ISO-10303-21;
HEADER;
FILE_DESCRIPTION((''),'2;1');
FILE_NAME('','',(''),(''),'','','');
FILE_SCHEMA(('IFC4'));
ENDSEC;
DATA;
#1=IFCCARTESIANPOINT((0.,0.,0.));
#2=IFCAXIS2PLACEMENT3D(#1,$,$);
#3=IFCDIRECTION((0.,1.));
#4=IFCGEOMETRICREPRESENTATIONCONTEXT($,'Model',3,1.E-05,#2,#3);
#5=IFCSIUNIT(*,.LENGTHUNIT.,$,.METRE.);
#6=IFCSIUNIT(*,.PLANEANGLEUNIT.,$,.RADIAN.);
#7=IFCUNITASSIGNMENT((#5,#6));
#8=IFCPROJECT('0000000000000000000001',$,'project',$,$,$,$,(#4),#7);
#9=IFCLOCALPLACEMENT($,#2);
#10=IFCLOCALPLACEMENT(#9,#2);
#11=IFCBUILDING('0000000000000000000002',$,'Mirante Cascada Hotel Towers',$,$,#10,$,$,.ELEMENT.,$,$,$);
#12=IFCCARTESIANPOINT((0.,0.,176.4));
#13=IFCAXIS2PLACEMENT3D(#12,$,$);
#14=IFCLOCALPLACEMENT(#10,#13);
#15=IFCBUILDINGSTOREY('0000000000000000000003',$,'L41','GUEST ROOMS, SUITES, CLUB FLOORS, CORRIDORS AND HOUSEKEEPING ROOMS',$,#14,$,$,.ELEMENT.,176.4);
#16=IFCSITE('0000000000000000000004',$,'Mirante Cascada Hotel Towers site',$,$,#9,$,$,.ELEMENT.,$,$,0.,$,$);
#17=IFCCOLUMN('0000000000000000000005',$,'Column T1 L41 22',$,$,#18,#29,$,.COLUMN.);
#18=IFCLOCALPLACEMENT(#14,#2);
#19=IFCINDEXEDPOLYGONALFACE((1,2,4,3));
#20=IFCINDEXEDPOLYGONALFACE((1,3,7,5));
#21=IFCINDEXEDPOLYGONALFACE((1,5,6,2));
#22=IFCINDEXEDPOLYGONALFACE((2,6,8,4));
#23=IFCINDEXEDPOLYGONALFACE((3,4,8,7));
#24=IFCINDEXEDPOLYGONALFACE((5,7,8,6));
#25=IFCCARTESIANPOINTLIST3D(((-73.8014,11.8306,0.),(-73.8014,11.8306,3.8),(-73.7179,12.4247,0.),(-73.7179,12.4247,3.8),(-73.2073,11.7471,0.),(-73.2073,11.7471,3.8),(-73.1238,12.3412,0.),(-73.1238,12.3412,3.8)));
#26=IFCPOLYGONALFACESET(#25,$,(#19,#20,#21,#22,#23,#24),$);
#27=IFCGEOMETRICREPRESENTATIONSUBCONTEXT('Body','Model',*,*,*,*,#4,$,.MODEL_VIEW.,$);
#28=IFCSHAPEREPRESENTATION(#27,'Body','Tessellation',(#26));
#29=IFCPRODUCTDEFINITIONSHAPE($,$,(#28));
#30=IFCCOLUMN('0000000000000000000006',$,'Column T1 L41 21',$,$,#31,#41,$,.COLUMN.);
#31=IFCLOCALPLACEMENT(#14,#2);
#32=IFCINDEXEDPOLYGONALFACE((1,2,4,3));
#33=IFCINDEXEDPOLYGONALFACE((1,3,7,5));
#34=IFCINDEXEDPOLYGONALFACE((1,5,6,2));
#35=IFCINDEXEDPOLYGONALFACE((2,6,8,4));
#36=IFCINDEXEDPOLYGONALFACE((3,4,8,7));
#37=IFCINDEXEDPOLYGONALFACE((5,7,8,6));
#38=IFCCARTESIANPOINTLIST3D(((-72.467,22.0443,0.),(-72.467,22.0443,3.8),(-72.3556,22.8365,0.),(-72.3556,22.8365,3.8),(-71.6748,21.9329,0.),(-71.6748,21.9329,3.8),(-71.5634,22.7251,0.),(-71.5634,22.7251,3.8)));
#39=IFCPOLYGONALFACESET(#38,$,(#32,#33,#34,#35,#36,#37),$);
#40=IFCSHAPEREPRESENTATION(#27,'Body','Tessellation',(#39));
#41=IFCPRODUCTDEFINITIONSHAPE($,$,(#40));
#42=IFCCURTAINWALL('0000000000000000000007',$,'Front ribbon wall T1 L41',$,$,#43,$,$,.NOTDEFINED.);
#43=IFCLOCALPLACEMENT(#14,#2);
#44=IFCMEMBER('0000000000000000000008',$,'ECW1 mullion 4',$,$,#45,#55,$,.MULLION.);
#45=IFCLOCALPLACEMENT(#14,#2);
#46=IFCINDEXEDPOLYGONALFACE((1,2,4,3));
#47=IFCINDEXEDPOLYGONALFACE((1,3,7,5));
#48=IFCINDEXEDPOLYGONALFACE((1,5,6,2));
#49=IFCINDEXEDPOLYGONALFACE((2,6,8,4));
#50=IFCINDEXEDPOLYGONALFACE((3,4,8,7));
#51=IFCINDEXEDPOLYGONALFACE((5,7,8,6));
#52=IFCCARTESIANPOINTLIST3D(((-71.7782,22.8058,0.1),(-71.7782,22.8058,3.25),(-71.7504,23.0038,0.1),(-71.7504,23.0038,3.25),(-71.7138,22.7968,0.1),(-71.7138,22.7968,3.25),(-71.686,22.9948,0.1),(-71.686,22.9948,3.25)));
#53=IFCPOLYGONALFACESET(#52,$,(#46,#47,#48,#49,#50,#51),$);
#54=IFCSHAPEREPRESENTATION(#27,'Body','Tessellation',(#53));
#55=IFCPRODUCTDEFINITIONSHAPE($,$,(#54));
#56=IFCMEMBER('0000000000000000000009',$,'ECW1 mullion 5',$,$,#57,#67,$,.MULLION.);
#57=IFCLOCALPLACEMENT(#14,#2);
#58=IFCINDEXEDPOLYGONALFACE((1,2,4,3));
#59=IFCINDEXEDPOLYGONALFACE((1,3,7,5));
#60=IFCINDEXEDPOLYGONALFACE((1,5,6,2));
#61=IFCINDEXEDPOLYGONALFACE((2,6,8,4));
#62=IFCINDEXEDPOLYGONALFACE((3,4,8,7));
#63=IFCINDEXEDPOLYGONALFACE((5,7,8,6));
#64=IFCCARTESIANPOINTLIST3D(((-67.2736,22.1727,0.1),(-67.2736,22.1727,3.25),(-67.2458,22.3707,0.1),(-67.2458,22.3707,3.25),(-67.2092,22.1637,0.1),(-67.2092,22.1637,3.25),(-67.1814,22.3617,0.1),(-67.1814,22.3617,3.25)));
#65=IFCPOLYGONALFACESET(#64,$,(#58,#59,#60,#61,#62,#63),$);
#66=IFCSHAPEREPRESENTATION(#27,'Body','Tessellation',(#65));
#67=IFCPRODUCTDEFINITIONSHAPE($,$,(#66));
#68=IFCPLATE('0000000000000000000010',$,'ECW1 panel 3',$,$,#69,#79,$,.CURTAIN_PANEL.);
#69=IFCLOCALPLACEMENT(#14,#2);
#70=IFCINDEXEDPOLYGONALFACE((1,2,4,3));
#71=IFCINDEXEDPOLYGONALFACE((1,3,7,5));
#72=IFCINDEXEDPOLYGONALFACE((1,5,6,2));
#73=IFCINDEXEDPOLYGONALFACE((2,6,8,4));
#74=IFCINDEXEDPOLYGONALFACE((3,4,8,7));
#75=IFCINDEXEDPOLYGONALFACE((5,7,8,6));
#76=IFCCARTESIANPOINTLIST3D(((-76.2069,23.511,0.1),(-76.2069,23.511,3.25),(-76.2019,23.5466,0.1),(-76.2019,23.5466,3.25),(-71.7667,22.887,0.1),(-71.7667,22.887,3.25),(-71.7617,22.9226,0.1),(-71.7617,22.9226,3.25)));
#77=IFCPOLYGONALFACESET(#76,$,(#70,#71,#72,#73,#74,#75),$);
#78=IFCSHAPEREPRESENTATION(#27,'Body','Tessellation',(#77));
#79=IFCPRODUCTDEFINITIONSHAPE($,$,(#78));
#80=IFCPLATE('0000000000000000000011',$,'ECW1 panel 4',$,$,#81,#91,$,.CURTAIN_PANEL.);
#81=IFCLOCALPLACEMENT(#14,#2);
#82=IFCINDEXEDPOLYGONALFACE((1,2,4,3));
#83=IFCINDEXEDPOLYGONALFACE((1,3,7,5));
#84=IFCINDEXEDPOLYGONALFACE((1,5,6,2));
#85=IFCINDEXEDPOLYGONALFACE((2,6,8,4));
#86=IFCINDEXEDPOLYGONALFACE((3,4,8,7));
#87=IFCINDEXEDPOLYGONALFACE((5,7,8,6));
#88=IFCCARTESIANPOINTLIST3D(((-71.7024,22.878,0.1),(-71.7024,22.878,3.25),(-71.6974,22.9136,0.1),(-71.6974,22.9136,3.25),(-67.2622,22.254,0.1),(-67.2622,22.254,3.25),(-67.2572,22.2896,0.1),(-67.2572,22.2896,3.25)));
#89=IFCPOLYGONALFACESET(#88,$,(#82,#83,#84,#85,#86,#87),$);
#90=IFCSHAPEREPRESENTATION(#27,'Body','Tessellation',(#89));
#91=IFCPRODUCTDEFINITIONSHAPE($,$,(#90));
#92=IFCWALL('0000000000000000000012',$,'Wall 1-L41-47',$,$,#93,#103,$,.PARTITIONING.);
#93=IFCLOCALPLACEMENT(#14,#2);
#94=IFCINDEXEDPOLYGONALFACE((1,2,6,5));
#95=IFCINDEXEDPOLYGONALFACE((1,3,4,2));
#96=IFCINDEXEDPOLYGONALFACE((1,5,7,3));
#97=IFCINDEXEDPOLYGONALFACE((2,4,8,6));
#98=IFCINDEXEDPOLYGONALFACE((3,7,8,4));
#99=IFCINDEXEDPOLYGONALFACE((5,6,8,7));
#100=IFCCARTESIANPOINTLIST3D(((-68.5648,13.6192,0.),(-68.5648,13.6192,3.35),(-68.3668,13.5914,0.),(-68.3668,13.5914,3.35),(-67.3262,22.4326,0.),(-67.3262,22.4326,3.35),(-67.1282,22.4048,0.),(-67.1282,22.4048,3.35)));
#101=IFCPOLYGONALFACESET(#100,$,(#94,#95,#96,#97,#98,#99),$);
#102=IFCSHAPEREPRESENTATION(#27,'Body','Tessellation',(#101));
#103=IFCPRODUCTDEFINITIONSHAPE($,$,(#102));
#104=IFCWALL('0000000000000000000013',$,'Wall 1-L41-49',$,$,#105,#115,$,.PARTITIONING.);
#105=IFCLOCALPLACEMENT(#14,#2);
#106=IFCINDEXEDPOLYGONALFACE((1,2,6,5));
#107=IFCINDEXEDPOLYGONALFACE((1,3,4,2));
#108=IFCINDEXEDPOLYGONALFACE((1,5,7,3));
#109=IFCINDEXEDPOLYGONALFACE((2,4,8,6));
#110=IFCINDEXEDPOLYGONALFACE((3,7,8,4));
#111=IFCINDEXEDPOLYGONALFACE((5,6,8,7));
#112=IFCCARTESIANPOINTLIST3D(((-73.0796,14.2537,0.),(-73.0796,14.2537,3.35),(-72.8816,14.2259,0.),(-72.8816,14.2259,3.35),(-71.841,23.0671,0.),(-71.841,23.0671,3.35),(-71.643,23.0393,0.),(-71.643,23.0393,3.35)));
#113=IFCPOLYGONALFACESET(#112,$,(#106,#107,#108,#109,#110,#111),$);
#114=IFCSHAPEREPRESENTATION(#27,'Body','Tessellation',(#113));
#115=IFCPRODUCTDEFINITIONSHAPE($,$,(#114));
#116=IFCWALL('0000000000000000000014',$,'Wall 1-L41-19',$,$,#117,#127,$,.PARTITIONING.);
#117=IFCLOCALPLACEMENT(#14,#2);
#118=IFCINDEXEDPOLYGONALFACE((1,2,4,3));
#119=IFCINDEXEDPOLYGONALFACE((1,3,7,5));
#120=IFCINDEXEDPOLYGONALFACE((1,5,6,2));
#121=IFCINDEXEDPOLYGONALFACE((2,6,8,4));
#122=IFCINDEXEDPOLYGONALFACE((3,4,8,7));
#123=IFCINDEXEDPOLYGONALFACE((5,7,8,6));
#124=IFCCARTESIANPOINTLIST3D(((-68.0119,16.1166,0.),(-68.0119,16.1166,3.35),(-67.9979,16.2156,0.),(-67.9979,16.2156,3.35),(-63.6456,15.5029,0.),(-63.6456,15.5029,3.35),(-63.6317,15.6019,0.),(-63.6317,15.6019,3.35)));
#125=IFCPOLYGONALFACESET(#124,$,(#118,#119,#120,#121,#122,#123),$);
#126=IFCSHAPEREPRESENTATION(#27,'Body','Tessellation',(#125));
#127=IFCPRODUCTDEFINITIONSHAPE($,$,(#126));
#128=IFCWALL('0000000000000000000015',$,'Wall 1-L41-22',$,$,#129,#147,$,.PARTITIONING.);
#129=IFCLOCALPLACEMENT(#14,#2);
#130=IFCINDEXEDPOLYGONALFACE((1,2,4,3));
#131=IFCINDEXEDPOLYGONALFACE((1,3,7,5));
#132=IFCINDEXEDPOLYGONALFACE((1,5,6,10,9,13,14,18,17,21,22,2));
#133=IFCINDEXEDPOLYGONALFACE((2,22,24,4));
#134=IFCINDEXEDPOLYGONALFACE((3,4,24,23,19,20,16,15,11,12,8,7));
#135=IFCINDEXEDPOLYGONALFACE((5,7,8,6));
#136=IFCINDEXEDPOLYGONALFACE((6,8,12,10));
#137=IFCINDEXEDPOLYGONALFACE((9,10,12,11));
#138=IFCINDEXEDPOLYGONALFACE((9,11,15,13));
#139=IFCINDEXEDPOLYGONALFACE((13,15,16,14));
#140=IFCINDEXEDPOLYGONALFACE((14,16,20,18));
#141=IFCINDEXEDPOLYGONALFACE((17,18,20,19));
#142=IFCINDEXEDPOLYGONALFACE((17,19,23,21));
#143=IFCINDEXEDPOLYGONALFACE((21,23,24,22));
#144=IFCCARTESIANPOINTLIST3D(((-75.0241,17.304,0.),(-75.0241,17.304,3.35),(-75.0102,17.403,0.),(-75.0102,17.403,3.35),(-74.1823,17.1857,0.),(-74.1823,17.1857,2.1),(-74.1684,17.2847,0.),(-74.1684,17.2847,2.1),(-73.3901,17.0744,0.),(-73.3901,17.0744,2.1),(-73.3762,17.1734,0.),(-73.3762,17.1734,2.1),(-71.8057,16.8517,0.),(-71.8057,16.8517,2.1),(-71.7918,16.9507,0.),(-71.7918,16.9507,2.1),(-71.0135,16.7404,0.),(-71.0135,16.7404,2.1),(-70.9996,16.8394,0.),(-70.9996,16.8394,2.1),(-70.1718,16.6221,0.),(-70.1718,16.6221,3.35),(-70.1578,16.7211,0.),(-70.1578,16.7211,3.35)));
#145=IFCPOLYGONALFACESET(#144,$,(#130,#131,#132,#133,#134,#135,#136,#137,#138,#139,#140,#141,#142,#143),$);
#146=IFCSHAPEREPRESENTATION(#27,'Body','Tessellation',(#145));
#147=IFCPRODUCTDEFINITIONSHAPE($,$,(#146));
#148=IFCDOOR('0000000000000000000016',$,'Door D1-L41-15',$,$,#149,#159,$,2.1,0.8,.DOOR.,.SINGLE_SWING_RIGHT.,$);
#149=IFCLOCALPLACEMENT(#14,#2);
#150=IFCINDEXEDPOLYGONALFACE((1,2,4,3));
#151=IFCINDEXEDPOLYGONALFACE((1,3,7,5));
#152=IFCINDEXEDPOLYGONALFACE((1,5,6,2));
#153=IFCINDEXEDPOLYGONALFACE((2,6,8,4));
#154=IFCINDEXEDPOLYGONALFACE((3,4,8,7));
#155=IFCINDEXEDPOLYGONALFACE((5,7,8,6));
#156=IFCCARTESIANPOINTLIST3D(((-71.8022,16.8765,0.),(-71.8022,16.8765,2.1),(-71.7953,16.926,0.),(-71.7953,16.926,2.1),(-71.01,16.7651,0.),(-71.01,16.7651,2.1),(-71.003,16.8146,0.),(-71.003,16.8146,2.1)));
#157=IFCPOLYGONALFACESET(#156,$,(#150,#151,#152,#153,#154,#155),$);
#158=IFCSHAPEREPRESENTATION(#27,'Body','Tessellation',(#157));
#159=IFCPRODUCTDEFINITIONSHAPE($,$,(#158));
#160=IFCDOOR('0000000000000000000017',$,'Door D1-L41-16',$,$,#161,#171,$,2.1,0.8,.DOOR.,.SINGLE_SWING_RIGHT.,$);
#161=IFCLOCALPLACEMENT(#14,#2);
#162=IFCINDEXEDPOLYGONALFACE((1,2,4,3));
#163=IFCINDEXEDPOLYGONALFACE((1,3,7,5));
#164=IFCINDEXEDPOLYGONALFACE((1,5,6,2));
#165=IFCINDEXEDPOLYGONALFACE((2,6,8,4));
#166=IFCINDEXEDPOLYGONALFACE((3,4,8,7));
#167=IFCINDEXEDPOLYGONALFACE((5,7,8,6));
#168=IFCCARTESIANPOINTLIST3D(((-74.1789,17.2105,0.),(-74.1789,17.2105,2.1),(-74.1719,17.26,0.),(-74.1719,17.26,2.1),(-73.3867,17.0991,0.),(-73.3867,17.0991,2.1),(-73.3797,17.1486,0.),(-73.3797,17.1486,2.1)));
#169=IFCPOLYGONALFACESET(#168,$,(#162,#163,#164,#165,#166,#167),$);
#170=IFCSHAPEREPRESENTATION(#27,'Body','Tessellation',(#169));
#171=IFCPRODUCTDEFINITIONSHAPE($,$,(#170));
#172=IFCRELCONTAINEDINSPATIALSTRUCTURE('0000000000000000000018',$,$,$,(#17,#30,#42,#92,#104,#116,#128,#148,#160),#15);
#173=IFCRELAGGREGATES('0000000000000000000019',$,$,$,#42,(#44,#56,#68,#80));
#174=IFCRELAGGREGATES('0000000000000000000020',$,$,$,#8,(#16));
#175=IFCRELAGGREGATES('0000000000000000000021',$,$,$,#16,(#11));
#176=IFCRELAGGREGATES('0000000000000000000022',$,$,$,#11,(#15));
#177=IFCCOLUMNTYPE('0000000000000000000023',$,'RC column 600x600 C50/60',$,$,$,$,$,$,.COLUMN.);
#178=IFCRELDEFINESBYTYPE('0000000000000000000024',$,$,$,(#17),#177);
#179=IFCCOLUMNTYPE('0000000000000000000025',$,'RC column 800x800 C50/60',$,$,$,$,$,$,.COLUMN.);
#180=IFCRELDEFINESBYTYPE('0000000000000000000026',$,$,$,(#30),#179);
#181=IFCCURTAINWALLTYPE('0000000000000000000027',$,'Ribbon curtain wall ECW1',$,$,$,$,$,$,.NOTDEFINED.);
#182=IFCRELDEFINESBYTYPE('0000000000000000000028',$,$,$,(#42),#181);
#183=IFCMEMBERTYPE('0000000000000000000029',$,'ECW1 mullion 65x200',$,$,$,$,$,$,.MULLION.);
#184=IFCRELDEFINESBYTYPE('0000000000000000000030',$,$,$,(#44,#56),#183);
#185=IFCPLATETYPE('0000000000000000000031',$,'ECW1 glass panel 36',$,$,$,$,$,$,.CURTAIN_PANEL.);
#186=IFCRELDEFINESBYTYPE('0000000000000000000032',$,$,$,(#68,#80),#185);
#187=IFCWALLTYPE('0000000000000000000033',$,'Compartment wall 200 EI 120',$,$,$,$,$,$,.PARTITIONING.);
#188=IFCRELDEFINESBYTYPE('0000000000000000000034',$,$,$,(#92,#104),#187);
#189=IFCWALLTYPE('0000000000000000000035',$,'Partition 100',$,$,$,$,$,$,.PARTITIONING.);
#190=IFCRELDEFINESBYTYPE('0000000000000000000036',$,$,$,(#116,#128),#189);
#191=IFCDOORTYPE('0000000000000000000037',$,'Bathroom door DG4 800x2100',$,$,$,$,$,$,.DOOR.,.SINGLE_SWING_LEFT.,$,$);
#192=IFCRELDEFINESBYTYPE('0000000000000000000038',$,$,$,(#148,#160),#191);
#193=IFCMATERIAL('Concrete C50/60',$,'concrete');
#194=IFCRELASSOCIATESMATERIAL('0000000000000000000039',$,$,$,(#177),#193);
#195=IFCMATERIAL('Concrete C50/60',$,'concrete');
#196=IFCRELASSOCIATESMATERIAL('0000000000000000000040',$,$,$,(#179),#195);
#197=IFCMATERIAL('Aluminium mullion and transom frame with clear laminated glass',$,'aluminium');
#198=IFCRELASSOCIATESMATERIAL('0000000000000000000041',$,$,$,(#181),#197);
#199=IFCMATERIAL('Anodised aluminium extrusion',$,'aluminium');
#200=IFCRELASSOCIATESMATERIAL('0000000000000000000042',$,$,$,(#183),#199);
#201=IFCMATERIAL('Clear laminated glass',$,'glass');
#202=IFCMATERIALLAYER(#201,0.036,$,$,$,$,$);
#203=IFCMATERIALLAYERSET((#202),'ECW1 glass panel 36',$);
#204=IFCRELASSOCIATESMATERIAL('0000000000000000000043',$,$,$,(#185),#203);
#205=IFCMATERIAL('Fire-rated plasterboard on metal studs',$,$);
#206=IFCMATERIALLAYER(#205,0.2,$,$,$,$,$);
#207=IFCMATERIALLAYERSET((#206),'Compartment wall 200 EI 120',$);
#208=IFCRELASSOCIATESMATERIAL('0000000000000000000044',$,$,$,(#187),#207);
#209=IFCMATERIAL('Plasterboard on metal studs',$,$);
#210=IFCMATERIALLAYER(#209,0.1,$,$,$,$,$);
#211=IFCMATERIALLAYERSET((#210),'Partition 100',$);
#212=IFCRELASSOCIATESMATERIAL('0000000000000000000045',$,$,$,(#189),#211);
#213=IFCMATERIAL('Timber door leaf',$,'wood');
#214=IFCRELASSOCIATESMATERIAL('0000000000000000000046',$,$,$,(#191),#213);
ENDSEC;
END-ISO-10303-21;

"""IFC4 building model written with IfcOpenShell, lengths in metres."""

from ifc_helpers import new_model, si_unit, direction, frame, frame_2d, origin, origin_2d, place, context, subcontext, project, spatial, rectangle, extrude, material, layer, layer_set, material_profile, profile_set, type_object, element, fill, aggregate, save


model = new_model("IFC4")

# Units and contexts
model_context = context("Model", 3, precision=1e-05, world=origin(), true_north=direction((0.0, 1.0)))
body_context = subcontext(model_context, "Body", "Model", "MODEL_VIEW")
ifc_project = project(units=[si_unit("LENGTHUNIT", "METRE"), si_unit("PLANEANGLEUNIT", "RADIAN")], contexts=[model_context])

# Site, building, storey
site_placement = place(None, origin())
site = spatial("IfcSite", under=ifc_project, at=site_placement, Name="Mirante Cascada Hotel Towers site", CompositionType="ELEMENT", RefElevation=0.0)
building_placement = place(site_placement, origin())
building = spatial("IfcBuilding", under=site, at=building_placement, Name="Mirante Cascada Hotel Towers", CompositionType="ELEMENT")
storey_placement = place(building_placement, frame((0.0, 0.0, 176.4)))
storey = spatial("IfcBuildingStorey", under=building, at=storey_placement, Name="L41", Description="GUEST ROOMS, SUITES, CLUB FLOORS, CORRIDORS AND HOUSEKEEPING ROOMS", CompositionType="ELEMENT", Elevation=176.4)

# Columns
ifc_material_1 = material(Name="Concrete C50/60", Category="concrete")
ifc_material_profile_1 = material_profile(ifc_material_1, rectangle(XDim=0.6, YDim=0.6, at=origin_2d()), Name="RC column 600x600 C50/60")
ifc_profile_set_1 = profile_set([ifc_material_profile_1], Name="Concrete C50/60")
column_type_1 = type_object("IfcColumnType", Name="RC column 600x600 C50/60", PredefinedType="COLUMN", material=ifc_profile_set_1)
column_1_placement = place(storey_placement, frame((-73.4626, 12.0859, 0.0), z_axis=(0.0, 0.0, 1.0), x_axis=(-0.990268, 0.139173, 0.0)))
element("IfcColumn", 1, at=column_1_placement, inside=storey, type_object=column_type_1, Name="Column T1 L41 22", PredefinedType="COLUMN", context=body_context, shape_type="SweptSolid", body=[
    extrude(rectangle(XDim=0.6, YDim=0.6, at=origin_2d()), origin(), (0.0, 0.0, 1.0), 3.8),
])
ifc_material_2 = material(Name="Concrete C50/60", Category="concrete")
ifc_material_profile_2 = material_profile(ifc_material_2, rectangle(XDim=0.8, YDim=0.8, at=origin_2d()), Name="RC column 800x800 C50/60")
ifc_profile_set_2 = profile_set([ifc_material_profile_2], Name="Concrete C50/60")
column_type_2 = type_object("IfcColumnType", Name="RC column 800x800 C50/60", PredefinedType="COLUMN", material=ifc_profile_set_2)
column_2_placement = place(storey_placement, frame((-72.0152, 22.3847, 0.0), z_axis=(0.0, 0.0, 1.0), x_axis=(-0.990268, 0.139173, 0.0)))
element("IfcColumn", 2, at=column_2_placement, inside=storey, type_object=column_type_2, Name="Column T1 L41 21", PredefinedType="COLUMN", context=body_context, shape_type="SweptSolid", body=[
    extrude(rectangle(XDim=0.8, YDim=0.8, at=origin_2d()), origin(), (0.0, 0.0, 1.0), 3.8),
])

# Curtain wall, members, plates
ifc_material_3 = material(Name="Aluminium mullion and transom frame with clear laminated glass", Category="aluminium")
curtain_wall_type = type_object("IfcCurtainWallType", Name="Ribbon curtain wall ECW1", PredefinedType="NOTDEFINED", material=ifc_material_3)
curtain_wall_placement = place(storey_placement, origin())
curtain_wall = element("IfcCurtainWall", 3, at=curtain_wall_placement, inside=storey, type_object=curtain_wall_type, Name="Front ribbon wall T1 L41", PredefinedType="NOTDEFINED")
ifc_material_4 = material(Name="Anodised aluminium extrusion", Category="aluminium")
ifc_material_profile_3 = material_profile(ifc_material_4, rectangle(XDim=0.2, YDim=0.065, at=origin_2d()), Name="ECW1 MULLION 65x200")
ifc_profile_set_3 = profile_set([ifc_material_profile_3], Name="Anodised aluminium extrusion")
member_type = type_object("IfcMemberType", Name="ECW1 mullion 65x200", PredefinedType="MULLION", material=ifc_profile_set_3)
member_1_placement = place(storey_placement, frame((-71.7321, 22.9003, 0.1), z_axis=(0.0, 0.0, 1.0), x_axis=(0.139173, 0.990268, 0.0)))
member_1 = element("IfcMember", 4, at=member_1_placement, type_object=member_type, Name="ECW1 mullion 4", PredefinedType="MULLION", context=body_context, shape_type="SweptSolid", body=[
    extrude(rectangle(XDim=0.2, YDim=0.065, at=origin_2d()), origin(), (0.0, 0.0, 1.0), 3.15),
])
member_2_placement = place(storey_placement, frame((-67.2275, 22.2672, 0.1), z_axis=(0.0, 0.0, 1.0), x_axis=(0.139173, 0.990268, 0.0)))
member_2 = element("IfcMember", 5, at=member_2_placement, type_object=member_type, Name="ECW1 mullion 5", PredefinedType="MULLION", context=body_context, shape_type="SweptSolid", body=[
    extrude(rectangle(XDim=0.2, YDim=0.065, at=origin_2d()), origin(), (0.0, 0.0, 1.0), 3.15),
])
ifc_material_5 = material(Name="Clear laminated glass", Category="glass")
ifc_layer_1 = layer(ifc_material_5, 0.036)
ifc_layer_set_1 = layer_set([ifc_layer_1], Name="ECW1 glass panel 36")
plate_type = type_object("IfcPlateType", Name="ECW1 glass panel 36", PredefinedType="CURTAIN_PANEL", material=ifc_layer_set_1)
plate_1_placement = place(storey_placement, frame((-73.9843, 23.2168, 0.1), z_axis=(0.0, 0.0, 1.0), x_axis=(0.990268, -0.139173, 0.0)))
plate_1 = element("IfcPlate", 6, at=plate_1_placement, type_object=plate_type, Name="ECW1 panel 3", PredefinedType="CURTAIN_PANEL", context=body_context, shape_type="SweptSolid", body=[
    extrude(rectangle(XDim=4.4838, YDim=0.036, at=origin_2d()), origin(), (0.0, 0.0, 1.0), 3.15),
])
plate_2_placement = place(storey_placement, frame((-69.4798, 22.5838, 0.1), z_axis=(0.0, 0.0, 1.0), x_axis=(0.990268, -0.139173, 0.0)))
plate_2 = element("IfcPlate", 7, at=plate_2_placement, type_object=plate_type, Name="ECW1 panel 4", PredefinedType="CURTAIN_PANEL", context=body_context, shape_type="SweptSolid", body=[
    extrude(rectangle(XDim=4.4838, YDim=0.036, at=origin_2d()), origin(), (0.0, 0.0, 1.0), 3.15),
])
aggregate(curtain_wall, [member_1, member_2, plate_1, plate_2])

# Walls
ifc_material_6 = material(Name="Fire-rated plasterboard on metal studs")
ifc_layer_2 = layer(ifc_material_6, 0.2)
ifc_layer_set_2 = layer_set([ifc_layer_2], Name="Compartment wall 200 EI 120")
wall_type_1 = type_object("IfcWallType", Name="Compartment wall 200 EI 120", PredefinedType="PARTITIONING", material=ifc_layer_set_2)
for number, where, z_axis, x_axis, name in (
    (8, (-67.2272, 22.4187, 0.0), (0.0, 0.0, 1.0), (-0.139168, -0.990269, 0.0), "Wall 1-L41-47"),
    (9, (-71.742, 23.0532, 0.0), (0.0, 0.0, 1.0), (-0.139168, -0.990269, 0.0), "Wall 1-L41-49"),
):
    element("IfcWall", number, at=place(storey_placement, frame(where, z_axis=z_axis, x_axis=x_axis)), inside=storey, type_object=wall_type_1, Name=name, PredefinedType="PARTITIONING", context=body_context, shape_type="SweptSolid", body=[
        extrude(rectangle(XDim=8.9, YDim=0.2, at=frame_2d((4.45, 0.0))), origin(), (0.0, 0.0, 1.0), 3.35),
    ])
ifc_material_7 = material(Name="Plasterboard on metal studs")
ifc_layer_3 = layer(ifc_material_7, 0.1)
ifc_layer_set_3 = layer_set([ifc_layer_3], Name="Partition 100")
wall_type_2 = type_object("IfcWallType", Name="Partition 100", PredefinedType="PARTITIONING", material=ifc_layer_set_3)
wall_1_placement = place(storey_placement, frame((-68.0049, 16.1661, 0.0), z_axis=(0.0, 0.0, 1.0), x_axis=(0.990266, -0.139186, 0.0)))
element("IfcWall", 10, at=wall_1_placement, inside=storey, type_object=wall_type_2, Name="Wall 1-L41-19", PredefinedType="PARTITIONING", context=body_context, shape_type="SweptSolid", body=[
    extrude(rectangle(XDim=4.4092, YDim=0.1, at=frame_2d((2.2046, 0.0))), origin(), (0.0, 0.0, 1.0), 3.35),
])

# Wall, openings, doors
wall_2_placement = place(storey_placement, frame((-70.1648, 16.6716, 0.0), z_axis=(0.0, 0.0, 1.0), x_axis=(-0.990269, 0.139164, 0.0)))
wall_2 = element("IfcWall", 11, at=wall_2_placement, inside=storey, type_object=wall_type_2, Name="Wall 1-L41-22", PredefinedType="PARTITIONING", context=body_context, shape_type="SweptSolid", body=[
    extrude(rectangle(XDim=4.9, YDim=0.1, at=frame_2d((2.45, 0.0))), origin(), (0.0, 0.0, 1.0), 3.35),
])
opening_1_placement = place(wall_2_placement, frame((0.85, 0.0, 0.0)))
opening_1 = element("IfcOpeningElement", 12, at=opening_1_placement, cuts=wall_2, PredefinedType="OPENING", context=body_context, shape_type="SweptSolid", body=[
    extrude(rectangle(XDim=0.8, YDim=2.1, at=frame_2d((0.4, 1.05))), frame((0.0, 0.05, 0.0), z_axis=(0.0, -1.0, 0.0), x_axis=(1.0, 0.0, 0.0)), (0.0, 0.0, 1.0), 0.1),
])
opening_2_placement = place(wall_2_placement, frame((3.25, 0.0, 0.0)))
opening_2 = element("IfcOpeningElement", 13, at=opening_2_placement, cuts=wall_2, PredefinedType="OPENING", context=body_context, shape_type="SweptSolid", body=[
    extrude(rectangle(XDim=0.8, YDim=2.1, at=frame_2d((0.4, 1.05))), frame((0.0, 0.05, 0.0), z_axis=(0.0, -1.0, 0.0), x_axis=(1.0, 0.0, 0.0)), (0.0, 0.0, 1.0), 0.1),
])
ifc_material_8 = material(Name="Timber door leaf", Category="wood")
door_type = type_object("IfcDoorType", Name="Bathroom door DG4 800x2100", OperationType="SINGLE_SWING_LEFT", PredefinedType="DOOR", material=ifc_material_8)
door_1_placement = place(opening_1_placement, frame((0.8, 0.0, 0.0), z_axis=(0.0, 0.0, 1.0), x_axis=(-1.0, 0.0, 0.0)))
door_1 = element("IfcDoor", 14, at=door_1_placement, inside=storey, type_object=door_type, Name="Door D1-L41-15", OperationType="SINGLE_SWING_RIGHT", OverallHeight=2.1, OverallWidth=0.8, PredefinedType="DOOR", context=body_context, shape_type="SweptSolid", body=[
    extrude(rectangle(XDim=0.8, YDim=2.1, at=frame_2d((0.4, 1.05))), frame((0.0, 0.025, 0.0), z_axis=(0.0, -1.0, 0.0), x_axis=(1.0, 0.0, 0.0)), (0.0, 0.0, 1.0), 0.05),
])
fill(opening_1, door_1)
door_2_placement = place(opening_2_placement, frame((0.8, 0.0, 0.0), z_axis=(0.0, 0.0, 1.0), x_axis=(-1.0, 0.0, 0.0)))
door_2 = element("IfcDoor", 15, at=door_2_placement, inside=storey, type_object=door_type, Name="Door D1-L41-16", OperationType="SINGLE_SWING_RIGHT", OverallHeight=2.1, OverallWidth=0.8, PredefinedType="DOOR", context=body_context, shape_type="SweptSolid", body=[
    extrude(rectangle(XDim=0.8, YDim=2.1, at=frame_2d((0.4, 1.05))), frame((0.0, 0.025, 0.0), z_axis=(0.0, -1.0, 0.0), x_axis=(1.0, 0.0, 0.0)), (0.0, 0.0, 1.0), 0.05),
])
fill(opening_2, door_2)

save(model, "model.ifc")
